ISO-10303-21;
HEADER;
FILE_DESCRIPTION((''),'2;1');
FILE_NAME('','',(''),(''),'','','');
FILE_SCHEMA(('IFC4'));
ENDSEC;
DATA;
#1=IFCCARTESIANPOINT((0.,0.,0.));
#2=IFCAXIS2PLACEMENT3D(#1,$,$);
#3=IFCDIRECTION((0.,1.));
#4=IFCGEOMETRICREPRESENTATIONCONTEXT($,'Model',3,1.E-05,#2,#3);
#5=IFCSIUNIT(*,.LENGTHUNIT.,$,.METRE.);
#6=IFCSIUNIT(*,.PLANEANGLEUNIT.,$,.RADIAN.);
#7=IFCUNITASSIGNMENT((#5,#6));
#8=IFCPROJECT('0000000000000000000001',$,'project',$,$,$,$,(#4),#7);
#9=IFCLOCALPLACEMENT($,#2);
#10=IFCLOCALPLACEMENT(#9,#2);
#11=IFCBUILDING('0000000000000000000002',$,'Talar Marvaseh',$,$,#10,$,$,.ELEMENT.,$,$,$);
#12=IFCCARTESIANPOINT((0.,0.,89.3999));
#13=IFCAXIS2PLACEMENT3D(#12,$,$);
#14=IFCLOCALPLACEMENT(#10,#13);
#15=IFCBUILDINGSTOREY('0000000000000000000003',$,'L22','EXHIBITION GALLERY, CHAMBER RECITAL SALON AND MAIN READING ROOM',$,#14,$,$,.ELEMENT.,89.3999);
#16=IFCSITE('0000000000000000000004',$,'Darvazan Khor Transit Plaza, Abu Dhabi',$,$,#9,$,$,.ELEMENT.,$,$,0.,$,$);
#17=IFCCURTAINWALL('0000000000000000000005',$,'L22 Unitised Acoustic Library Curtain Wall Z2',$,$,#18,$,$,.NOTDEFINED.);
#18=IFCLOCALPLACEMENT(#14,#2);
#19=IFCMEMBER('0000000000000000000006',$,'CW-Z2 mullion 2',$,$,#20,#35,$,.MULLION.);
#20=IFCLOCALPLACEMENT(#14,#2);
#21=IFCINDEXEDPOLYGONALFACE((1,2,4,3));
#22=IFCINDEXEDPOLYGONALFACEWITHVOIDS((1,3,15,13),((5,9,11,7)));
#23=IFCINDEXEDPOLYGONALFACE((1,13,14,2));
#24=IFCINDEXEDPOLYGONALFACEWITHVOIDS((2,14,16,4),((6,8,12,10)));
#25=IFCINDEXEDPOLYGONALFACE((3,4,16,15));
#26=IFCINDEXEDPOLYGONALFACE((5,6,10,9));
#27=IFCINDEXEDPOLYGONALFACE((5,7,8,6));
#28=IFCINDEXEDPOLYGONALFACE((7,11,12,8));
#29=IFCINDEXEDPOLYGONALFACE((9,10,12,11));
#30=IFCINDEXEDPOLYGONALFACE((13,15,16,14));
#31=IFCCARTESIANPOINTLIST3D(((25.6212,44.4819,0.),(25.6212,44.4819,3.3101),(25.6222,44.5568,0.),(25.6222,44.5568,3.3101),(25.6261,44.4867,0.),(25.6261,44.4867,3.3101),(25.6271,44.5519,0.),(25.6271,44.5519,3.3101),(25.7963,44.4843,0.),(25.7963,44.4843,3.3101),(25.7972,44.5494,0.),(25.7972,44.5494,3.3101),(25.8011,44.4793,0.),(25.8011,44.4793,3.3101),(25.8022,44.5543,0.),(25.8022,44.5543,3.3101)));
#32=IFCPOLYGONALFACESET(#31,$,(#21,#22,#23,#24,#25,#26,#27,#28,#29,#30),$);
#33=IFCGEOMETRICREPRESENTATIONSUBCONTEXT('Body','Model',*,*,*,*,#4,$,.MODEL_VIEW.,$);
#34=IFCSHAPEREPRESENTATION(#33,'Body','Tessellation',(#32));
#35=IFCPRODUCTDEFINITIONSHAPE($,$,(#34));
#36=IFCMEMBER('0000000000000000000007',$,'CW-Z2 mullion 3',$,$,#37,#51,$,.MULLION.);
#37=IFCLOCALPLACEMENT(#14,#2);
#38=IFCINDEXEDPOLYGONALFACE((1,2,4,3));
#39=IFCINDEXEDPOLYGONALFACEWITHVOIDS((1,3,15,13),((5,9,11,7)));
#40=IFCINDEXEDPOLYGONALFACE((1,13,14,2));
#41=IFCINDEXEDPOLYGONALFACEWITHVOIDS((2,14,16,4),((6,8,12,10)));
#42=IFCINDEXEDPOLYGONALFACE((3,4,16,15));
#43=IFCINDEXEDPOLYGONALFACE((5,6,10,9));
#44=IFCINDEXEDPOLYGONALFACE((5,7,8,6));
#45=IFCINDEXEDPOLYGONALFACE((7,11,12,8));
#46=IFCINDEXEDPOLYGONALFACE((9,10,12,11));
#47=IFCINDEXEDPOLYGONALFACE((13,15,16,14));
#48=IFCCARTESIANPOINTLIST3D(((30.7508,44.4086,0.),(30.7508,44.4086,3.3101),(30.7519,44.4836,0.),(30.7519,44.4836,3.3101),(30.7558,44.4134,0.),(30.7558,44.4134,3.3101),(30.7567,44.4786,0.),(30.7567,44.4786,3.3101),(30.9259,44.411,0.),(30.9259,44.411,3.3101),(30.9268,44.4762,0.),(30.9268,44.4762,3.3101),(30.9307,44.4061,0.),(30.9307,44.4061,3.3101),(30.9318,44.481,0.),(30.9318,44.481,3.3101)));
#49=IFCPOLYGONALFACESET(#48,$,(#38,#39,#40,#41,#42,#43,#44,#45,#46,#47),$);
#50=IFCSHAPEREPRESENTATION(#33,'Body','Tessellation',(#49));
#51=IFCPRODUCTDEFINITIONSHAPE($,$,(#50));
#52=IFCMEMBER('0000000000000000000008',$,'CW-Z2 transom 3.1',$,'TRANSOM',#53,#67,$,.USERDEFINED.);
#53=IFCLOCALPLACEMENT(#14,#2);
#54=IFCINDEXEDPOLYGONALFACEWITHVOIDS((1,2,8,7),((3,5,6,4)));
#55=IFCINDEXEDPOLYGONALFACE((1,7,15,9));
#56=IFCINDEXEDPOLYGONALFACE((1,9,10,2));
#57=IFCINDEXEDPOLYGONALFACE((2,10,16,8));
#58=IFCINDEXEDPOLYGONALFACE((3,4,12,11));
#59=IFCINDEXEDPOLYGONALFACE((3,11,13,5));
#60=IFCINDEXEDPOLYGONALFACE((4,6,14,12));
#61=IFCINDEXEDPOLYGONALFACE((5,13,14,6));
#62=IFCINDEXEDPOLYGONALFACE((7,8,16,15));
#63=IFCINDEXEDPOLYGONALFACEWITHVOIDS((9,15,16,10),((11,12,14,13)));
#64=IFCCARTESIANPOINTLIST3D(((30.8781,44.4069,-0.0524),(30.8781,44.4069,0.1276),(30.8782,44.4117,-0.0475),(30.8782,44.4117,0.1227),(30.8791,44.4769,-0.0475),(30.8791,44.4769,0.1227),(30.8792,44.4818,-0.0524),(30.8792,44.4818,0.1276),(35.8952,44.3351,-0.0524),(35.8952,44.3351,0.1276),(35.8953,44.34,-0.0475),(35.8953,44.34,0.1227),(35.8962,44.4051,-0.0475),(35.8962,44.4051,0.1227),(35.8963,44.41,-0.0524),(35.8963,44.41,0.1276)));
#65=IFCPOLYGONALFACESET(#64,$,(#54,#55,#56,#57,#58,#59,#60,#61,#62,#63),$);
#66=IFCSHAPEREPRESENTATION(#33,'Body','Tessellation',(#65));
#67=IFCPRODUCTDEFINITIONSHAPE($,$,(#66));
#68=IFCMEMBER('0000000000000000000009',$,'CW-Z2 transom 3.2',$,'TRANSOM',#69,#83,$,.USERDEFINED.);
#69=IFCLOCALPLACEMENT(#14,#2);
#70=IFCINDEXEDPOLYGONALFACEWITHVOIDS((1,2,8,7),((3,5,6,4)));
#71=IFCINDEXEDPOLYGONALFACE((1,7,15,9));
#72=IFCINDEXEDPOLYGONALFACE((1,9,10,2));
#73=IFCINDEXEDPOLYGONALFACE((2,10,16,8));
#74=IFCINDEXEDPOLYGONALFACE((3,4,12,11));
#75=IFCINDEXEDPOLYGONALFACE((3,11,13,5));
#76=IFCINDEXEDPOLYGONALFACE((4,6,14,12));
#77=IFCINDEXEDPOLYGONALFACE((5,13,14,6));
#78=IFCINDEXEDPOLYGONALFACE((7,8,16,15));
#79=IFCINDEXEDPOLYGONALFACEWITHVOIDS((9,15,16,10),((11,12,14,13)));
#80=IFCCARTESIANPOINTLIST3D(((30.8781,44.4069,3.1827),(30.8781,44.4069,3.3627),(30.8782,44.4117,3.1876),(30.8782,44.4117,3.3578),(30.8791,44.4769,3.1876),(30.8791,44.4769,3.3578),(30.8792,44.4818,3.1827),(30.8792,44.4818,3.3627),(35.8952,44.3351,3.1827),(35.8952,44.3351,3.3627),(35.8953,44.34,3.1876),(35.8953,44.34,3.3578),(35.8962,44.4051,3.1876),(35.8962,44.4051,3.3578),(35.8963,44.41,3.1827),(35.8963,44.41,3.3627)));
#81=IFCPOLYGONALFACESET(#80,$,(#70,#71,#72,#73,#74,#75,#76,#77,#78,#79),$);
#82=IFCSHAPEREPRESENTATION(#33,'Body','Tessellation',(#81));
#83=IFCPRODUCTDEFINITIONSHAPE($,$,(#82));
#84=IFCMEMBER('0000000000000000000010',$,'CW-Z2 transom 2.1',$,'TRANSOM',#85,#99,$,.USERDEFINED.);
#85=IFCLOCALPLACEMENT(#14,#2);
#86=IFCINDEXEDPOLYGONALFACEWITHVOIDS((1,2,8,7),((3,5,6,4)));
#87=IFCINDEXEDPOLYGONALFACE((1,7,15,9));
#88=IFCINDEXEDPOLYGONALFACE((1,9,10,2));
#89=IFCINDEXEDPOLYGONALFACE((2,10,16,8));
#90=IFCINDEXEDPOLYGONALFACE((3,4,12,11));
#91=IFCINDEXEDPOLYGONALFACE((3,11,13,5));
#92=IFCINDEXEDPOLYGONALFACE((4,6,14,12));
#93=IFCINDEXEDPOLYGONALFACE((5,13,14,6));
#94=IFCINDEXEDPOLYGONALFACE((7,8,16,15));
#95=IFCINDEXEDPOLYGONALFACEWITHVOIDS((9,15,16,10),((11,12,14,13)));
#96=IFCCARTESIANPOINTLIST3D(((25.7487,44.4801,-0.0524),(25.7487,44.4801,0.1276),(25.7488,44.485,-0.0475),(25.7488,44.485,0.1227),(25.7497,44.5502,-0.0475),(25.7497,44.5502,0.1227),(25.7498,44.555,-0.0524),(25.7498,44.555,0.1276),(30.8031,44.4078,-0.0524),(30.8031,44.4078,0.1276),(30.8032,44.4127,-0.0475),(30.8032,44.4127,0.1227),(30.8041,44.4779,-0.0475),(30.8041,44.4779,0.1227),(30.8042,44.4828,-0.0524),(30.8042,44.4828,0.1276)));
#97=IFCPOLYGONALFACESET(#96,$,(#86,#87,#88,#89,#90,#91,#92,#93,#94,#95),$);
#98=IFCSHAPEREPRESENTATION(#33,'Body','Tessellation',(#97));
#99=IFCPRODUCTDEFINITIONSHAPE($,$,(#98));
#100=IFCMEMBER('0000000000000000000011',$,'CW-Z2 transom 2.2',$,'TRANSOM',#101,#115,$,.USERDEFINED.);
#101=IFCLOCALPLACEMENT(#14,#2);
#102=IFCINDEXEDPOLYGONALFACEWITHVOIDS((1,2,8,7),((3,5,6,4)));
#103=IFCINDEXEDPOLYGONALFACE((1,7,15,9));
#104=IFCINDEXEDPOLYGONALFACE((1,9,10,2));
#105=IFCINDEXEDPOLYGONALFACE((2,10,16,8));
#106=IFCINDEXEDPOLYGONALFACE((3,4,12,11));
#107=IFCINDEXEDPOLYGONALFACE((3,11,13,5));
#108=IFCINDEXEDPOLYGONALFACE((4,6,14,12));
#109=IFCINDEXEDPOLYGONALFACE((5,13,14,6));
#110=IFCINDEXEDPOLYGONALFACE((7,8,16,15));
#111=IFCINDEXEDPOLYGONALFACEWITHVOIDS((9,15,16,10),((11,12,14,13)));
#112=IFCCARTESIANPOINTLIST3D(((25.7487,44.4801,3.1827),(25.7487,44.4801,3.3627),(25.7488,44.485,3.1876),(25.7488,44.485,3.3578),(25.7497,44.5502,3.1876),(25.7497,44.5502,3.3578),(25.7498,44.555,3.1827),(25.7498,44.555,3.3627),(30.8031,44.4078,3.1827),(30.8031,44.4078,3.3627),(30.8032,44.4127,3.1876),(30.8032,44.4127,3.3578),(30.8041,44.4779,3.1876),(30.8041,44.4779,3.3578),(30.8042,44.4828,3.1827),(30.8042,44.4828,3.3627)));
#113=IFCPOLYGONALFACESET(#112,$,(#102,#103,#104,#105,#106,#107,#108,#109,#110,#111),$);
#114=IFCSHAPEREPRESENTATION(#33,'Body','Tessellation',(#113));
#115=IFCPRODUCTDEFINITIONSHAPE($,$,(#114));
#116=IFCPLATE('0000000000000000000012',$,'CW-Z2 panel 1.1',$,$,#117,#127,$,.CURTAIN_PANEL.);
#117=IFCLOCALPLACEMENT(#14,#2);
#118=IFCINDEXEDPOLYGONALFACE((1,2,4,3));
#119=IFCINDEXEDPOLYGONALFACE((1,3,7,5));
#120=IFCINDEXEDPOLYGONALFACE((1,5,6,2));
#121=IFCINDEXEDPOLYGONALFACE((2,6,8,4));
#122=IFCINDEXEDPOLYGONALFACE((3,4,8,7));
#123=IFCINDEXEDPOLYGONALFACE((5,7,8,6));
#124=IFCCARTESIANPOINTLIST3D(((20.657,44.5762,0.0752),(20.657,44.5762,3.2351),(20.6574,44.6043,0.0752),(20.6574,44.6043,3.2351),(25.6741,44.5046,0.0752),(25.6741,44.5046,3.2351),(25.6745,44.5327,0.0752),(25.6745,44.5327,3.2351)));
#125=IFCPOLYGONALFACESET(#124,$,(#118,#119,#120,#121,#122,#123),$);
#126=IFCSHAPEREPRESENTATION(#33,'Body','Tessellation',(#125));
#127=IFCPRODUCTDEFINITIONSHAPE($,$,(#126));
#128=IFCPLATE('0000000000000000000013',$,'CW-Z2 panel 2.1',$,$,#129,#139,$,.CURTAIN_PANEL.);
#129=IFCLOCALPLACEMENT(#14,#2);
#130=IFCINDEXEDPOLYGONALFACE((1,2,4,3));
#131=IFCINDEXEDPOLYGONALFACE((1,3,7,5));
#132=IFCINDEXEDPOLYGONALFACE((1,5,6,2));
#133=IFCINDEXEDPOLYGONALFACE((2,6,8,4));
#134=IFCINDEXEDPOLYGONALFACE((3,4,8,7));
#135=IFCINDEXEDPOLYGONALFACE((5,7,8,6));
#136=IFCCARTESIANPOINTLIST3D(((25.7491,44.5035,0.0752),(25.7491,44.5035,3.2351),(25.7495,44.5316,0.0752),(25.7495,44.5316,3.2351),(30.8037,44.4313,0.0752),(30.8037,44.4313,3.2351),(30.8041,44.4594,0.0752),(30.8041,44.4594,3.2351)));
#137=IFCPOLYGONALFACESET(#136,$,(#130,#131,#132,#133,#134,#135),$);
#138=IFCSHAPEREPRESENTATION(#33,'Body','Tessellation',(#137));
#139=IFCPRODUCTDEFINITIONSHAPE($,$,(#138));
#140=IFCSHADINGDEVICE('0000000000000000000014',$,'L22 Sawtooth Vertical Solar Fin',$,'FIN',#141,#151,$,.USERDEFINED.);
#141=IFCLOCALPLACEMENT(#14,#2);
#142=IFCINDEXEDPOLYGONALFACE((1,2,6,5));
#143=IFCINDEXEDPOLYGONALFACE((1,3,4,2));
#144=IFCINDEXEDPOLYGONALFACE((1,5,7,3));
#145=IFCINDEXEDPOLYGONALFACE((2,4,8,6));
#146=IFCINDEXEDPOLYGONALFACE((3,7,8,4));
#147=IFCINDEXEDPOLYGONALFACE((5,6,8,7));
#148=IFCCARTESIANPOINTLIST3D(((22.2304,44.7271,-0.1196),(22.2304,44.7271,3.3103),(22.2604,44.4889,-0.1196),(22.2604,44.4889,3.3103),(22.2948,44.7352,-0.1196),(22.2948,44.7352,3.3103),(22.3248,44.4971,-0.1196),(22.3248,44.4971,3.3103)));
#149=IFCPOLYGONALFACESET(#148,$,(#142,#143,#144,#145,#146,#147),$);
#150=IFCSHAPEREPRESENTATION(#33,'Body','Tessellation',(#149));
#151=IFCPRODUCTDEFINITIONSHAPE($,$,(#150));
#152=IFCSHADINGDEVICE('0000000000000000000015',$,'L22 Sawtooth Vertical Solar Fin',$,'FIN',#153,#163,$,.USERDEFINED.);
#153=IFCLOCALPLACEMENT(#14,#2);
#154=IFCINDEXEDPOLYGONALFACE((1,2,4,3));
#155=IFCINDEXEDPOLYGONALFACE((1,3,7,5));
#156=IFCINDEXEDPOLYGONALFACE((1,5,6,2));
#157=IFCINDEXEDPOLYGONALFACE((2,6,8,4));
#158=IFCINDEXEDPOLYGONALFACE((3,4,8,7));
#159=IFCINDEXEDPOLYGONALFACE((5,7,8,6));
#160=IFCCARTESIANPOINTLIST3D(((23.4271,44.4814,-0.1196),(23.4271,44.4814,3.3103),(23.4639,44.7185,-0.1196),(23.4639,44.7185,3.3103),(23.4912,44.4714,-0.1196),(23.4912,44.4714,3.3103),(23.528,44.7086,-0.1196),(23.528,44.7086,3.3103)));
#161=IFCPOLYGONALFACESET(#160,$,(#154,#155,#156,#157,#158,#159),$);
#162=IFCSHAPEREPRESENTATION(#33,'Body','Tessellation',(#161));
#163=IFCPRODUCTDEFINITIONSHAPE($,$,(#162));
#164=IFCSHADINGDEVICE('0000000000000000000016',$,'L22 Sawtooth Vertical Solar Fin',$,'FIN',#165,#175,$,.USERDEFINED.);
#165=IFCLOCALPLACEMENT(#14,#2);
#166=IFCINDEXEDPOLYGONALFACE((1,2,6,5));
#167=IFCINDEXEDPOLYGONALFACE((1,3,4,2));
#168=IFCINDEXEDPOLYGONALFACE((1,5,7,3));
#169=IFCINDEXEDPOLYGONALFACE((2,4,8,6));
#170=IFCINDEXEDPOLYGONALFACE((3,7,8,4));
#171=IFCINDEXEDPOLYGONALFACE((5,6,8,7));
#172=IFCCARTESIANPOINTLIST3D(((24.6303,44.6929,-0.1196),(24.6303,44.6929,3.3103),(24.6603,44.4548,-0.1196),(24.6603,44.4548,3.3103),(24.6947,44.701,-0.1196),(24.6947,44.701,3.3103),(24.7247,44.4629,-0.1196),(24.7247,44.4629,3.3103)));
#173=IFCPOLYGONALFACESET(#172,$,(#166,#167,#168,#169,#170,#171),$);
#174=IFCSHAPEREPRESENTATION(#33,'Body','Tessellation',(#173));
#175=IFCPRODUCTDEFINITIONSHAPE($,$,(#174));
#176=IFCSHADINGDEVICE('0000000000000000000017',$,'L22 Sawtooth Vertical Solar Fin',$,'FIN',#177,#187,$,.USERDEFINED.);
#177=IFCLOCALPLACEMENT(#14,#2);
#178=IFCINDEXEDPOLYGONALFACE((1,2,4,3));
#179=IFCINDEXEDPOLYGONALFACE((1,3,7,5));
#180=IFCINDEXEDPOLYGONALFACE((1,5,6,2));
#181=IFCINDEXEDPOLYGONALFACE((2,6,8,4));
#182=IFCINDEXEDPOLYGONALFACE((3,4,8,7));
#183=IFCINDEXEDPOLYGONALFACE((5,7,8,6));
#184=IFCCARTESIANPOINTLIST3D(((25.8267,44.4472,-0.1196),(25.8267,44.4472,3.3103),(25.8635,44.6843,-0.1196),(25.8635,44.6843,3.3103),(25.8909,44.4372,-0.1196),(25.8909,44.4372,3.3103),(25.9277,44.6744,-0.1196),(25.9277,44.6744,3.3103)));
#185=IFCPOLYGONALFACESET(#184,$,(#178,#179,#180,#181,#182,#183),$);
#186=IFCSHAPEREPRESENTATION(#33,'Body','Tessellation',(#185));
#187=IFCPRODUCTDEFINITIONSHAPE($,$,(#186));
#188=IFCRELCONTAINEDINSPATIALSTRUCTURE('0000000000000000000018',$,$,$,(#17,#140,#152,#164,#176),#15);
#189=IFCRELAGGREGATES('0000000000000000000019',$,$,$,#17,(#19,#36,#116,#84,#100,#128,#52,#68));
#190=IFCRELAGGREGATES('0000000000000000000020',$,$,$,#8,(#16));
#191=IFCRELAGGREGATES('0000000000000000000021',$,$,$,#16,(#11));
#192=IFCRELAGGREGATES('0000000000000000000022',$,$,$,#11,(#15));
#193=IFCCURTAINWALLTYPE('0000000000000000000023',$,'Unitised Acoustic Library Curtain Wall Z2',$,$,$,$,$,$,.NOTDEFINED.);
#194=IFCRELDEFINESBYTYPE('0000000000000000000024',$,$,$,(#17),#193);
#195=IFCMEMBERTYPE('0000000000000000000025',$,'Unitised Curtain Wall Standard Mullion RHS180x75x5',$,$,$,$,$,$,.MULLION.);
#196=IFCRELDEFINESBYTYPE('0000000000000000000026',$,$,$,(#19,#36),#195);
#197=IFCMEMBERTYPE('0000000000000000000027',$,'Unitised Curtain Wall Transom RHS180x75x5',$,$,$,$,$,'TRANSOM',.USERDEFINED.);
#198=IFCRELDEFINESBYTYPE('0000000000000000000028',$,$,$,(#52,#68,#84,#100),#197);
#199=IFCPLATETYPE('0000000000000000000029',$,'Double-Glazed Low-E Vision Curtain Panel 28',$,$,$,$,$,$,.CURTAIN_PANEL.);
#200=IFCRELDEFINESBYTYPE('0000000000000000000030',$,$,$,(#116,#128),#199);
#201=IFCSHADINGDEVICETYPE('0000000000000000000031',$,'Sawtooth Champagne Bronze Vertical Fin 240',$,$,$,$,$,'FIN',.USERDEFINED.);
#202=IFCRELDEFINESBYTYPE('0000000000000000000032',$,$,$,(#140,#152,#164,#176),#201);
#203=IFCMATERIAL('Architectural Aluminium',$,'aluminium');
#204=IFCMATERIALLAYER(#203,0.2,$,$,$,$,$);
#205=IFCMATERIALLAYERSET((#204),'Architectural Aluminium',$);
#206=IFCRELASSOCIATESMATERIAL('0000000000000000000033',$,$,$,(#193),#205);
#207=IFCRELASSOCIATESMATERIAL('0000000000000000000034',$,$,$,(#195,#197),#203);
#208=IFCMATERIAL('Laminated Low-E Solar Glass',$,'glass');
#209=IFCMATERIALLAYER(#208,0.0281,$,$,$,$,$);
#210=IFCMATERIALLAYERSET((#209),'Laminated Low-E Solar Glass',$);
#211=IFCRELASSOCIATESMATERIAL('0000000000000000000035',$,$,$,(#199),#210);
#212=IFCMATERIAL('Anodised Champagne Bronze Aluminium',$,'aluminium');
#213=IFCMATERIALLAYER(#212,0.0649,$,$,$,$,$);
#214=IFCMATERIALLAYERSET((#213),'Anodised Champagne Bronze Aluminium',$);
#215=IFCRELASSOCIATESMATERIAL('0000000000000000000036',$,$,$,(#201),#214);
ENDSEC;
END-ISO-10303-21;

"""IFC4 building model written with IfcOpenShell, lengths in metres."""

from ifc_helpers import new_model, si_unit, direction, frame, origin, origin_2d, place, context, subcontext, project, spatial, rectangle, hollow_rectangle, extrude, source, transform, mapped, material, layer, layer_set, material_profile, profile_set, type_object, type_shapes, element, aggregate, save


model = new_model("IFC4")

# Units and contexts
model_context = context("Model", 3, precision=1e-05, world=origin(), true_north=direction((0.0, 1.0)))
body_context = subcontext(model_context, "Body", "Model", "MODEL_VIEW")
ifc_project = project(units=[si_unit("LENGTHUNIT", "METRE"), si_unit("PLANEANGLEUNIT", "RADIAN")], contexts=[model_context])

# Site, building, storey
site_placement = place(None, origin())
site = spatial("IfcSite", under=ifc_project, at=site_placement, Name="Darvazan Khor Transit Plaza, Abu Dhabi", CompositionType="ELEMENT", RefElevation=0.0)
building_placement = place(site_placement, origin())
building = spatial("IfcBuilding", under=site, at=building_placement, Name="Talar Marvaseh", CompositionType="ELEMENT")
storey_placement = place(building_placement, frame((0.0, 0.0, 89.3999)))
storey = spatial("IfcBuildingStorey", under=building, at=storey_placement, Name="L22", Description="EXHIBITION GALLERY, CHAMBER RECITAL SALON AND MAIN READING ROOM", CompositionType="ELEMENT", Elevation=89.3999)

# Curtain wall, members, plates
ifc_material_1 = material(Name="Architectural Aluminium", Category="aluminium")
ifc_layer_1 = layer(ifc_material_1, 0.2)
ifc_layer_set_1 = layer_set([ifc_layer_1], Name="Architectural Aluminium")
curtain_wall_type = type_object("IfcCurtainWallType", Name="Unitised Acoustic Library Curtain Wall Z2", PredefinedType="NOTDEFINED", material=ifc_layer_set_1)
curtain_wall_placement = place(storey_placement, origin())
curtain_wall = element("IfcCurtainWall", 1, at=curtain_wall_placement, inside=storey, type_object=curtain_wall_type, Name="L22 Unitised Acoustic Library Curtain Wall Z2", PredefinedType="NOTDEFINED")
ifc_material_profile_1 = material_profile(ifc_material_1, hollow_rectangle(XDim=0.075, YDim=0.1799, WallThickness=0.0049, at=origin_2d()), Name="RHS180x75x5")
ifc_profile_set_1 = profile_set([ifc_material_profile_1], Name="Architectural Aluminium")
member_type_1 = type_object("IfcMemberType", Name="Unitised Curtain Wall Standard Mullion RHS180x75x5", PredefinedType="MULLION", material=ifc_profile_set_1)
shared_shape_1 = source(origin(), body_context, "Body", "SweptSolid", [
    extrude(hollow_rectangle(XDim=0.075, YDim=0.1799, WallThickness=0.0049, at=origin_2d()), origin(), (0.0, 0.0, 1.0), 3.3101),
])
type_shapes(member_type_1, [shared_shape_1])
member_1_placement = place(storey_placement, frame((25.7117, 44.5181, 0.0), z_axis=(0.0, 0.0, 1.0), x_axis=(0.014275, 0.999898, 0.0)))
member_1 = element("IfcMember", 2, at=member_1_placement, type_object=member_type_1, Name="CW-Z2 mullion 2", PredefinedType="MULLION", context=body_context, shape_type="MappedRepresentation", body=[
    mapped(shared_shape_1, transform((0.0, 0.0, 0.0), x_axis=(1.0, 0.0, 0.0), y_axis=(0.0, 1.0, 0.0), z_axis=(0.0, 0.0, 1.0), scale=1.0)),
])
member_2_placement = place(storey_placement, frame((30.8413, 44.4448, 0.0), z_axis=(0.0, 0.0, 1.0), x_axis=(0.014275, 0.999898, 0.0)))
member_2 = element("IfcMember", 3, at=member_2_placement, type_object=member_type_1, Name="CW-Z2 mullion 3", PredefinedType="MULLION", context=body_context, shape_type="MappedRepresentation", body=[
    mapped(shared_shape_1, transform((0.0, 0.0, 0.0), x_axis=(1.0, 0.0, 0.0), y_axis=(0.0, 1.0, 0.0), z_axis=(0.0, 0.0, 1.0), scale=1.0)),
])
ifc_material_profile_2 = material_profile(ifc_material_1, hollow_rectangle(XDim=0.075, YDim=0.1799, WallThickness=0.0049, at=origin_2d()), Name="RHS180x75x5")
ifc_profile_set_2 = profile_set([ifc_material_profile_2], Name="Architectural Aluminium")
member_type_2 = type_object("IfcMemberType", Name="Unitised Curtain Wall Transom RHS180x75x5", ElementType="TRANSOM", PredefinedType="USERDEFINED", material=ifc_profile_set_2)
shared_shape_2 = source(origin(), body_context, "Body", "SweptSolid", [
    extrude(hollow_rectangle(XDim=0.075, YDim=0.1799, WallThickness=0.0049, at=origin_2d()), origin(), (0.0, 0.0, 1.0), 5.0176),
])
member_3_placement = place(storey_placement, frame((30.8787, 44.4443, 0.0376), z_axis=(0.999898, -0.014305, 0.0), x_axis=(0.014305, 0.999898, 0.0)))
member_3 = element("IfcMember", 4, at=member_3_placement, type_object=member_type_2, Name="CW-Z2 transom 3.1", ObjectType="TRANSOM", PredefinedType="USERDEFINED", context=body_context, shape_type="MappedRepresentation", body=[
    mapped(shared_shape_2, transform((0.0, 0.0, 0.0), x_axis=(1.0, 0.0, 0.0), y_axis=(0.0, 1.0, 0.0), z_axis=(0.0, 0.0, 1.0), scale=1.0)),
])
member_4_placement = place(storey_placement, frame((30.8787, 44.4443, 3.2727), z_axis=(0.999898, -0.014305, 0.0), x_axis=(0.014305, 0.999898, 0.0)))
member_4 = element("IfcMember", 5, at=member_4_placement, type_object=member_type_2, Name="CW-Z2 transom 3.2", ObjectType="TRANSOM", PredefinedType="USERDEFINED", context=body_context, shape_type="MappedRepresentation", body=[
    mapped(shared_shape_2, transform((0.0, 0.0, 0.0), x_axis=(1.0, 0.0, 0.0), y_axis=(0.0, 1.0, 0.0), z_axis=(0.0, 0.0, 1.0), scale=1.0)),
])
shared_shape_3 = source(origin(), body_context, "Body", "SweptSolid", [
    extrude(hollow_rectangle(XDim=0.075, YDim=0.1799, WallThickness=0.0049, at=origin_2d()), origin(), (0.0, 0.0, 1.0), 5.0549),
])
type_shapes(member_type_2, [shared_shape_2, shared_shape_3])
member_5_placement = place(storey_placement, frame((25.7493, 44.5176, 0.0376), z_axis=(0.999898, -0.014296, 0.0), x_axis=(0.014296, 0.999898, 0.0)))
member_5 = element("IfcMember", 6, at=member_5_placement, type_object=member_type_2, Name="CW-Z2 transom 2.1", ObjectType="TRANSOM", PredefinedType="USERDEFINED", context=body_context, shape_type="MappedRepresentation", body=[
    mapped(shared_shape_3, transform((0.0, 0.0, 0.0), x_axis=(1.0, 0.0, 0.0), y_axis=(0.0, 1.0, 0.0), z_axis=(0.0, 0.0, 1.0), scale=1.0)),
])
member_6_placement = place(storey_placement, frame((25.7493, 44.5176, 3.2727), z_axis=(0.999898, -0.014296, 0.0), x_axis=(0.014296, 0.999898, 0.0)))
member_6 = element("IfcMember", 7, at=member_6_placement, type_object=member_type_2, Name="CW-Z2 transom 2.2", ObjectType="TRANSOM", PredefinedType="USERDEFINED", context=body_context, shape_type="MappedRepresentation", body=[
    mapped(shared_shape_3, transform((0.0, 0.0, 0.0), x_axis=(1.0, 0.0, 0.0), y_axis=(0.0, 1.0, 0.0), z_axis=(0.0, 0.0, 1.0), scale=1.0)),
])
ifc_material_2 = material(Name="Laminated Low-E Solar Glass", Category="glass")
ifc_layer_2 = layer(ifc_material_2, 0.0281)
ifc_layer_set_2 = layer_set([ifc_layer_2], Name="Laminated Low-E Solar Glass")
plate_type = type_object("IfcPlateType", Name="Double-Glazed Low-E Vision Curtain Panel 28", PredefinedType="CURTAIN_PANEL", material=ifc_layer_set_2)
shared_shape_4 = source(origin(), body_context, "Body", "SweptSolid", [
    extrude(rectangle(XDim=5.0176, YDim=0.0281, at=origin_2d()), origin(), (0.0, 0.0, 1.0), 3.1599),
])
plate_1_placement = place(storey_placement, frame((23.1658, 44.5544, 0.0752), z_axis=(0.0, 0.0, 1.0), x_axis=(0.999898, -0.014275, 0.0)))
plate_1 = element("IfcPlate", 8, at=plate_1_placement, type_object=plate_type, Name="CW-Z2 panel 1.1", PredefinedType="CURTAIN_PANEL", context=body_context, shape_type="MappedRepresentation", body=[
    mapped(shared_shape_4, transform((0.0, 0.0, 0.0), x_axis=(1.0, 0.0, 0.0), y_axis=(0.0, 1.0, 0.0), z_axis=(0.0, 0.0, 1.0), scale=1.0)),
])
shared_shape_5 = source(origin(), body_context, "Body", "SweptSolid", [
    extrude(rectangle(XDim=5.0552, YDim=0.0281, at=origin_2d()), origin(), (0.0, 0.0, 1.0), 3.1599),
])
type_shapes(plate_type, [shared_shape_4, shared_shape_5])
plate_2_placement = place(storey_placement, frame((28.2766, 44.4814, 0.0752), z_axis=(0.0, 0.0, 1.0), x_axis=(0.999898, -0.014275, 0.0)))
plate_2 = element("IfcPlate", 9, at=plate_2_placement, type_object=plate_type, Name="CW-Z2 panel 2.1", PredefinedType="CURTAIN_PANEL", context=body_context, shape_type="MappedRepresentation", body=[
    mapped(shared_shape_5, transform((0.0, 0.0, 0.0), x_axis=(1.0, 0.0, 0.0), y_axis=(0.0, 1.0, 0.0), z_axis=(0.0, 0.0, 1.0), scale=1.0)),
])
aggregate(curtain_wall, [member_1, member_2, plate_1, member_5, member_6, plate_2, member_3, member_4])

# Shading devices
ifc_material_3 = material(Name="Anodised Champagne Bronze Aluminium", Category="aluminium")
ifc_layer_3 = layer(ifc_material_3, 0.0649)
ifc_layer_set_3 = layer_set([ifc_layer_3], Name="Anodised Champagne Bronze Aluminium")
shading_device_type = type_object("IfcShadingDeviceType", Name="Sawtooth Champagne Bronze Vertical Fin 240", ElementType="FIN", PredefinedType="USERDEFINED", material=ifc_layer_set_3)
shared_shape_6 = source(origin(), body_context, "Body", "SweptSolid", [
    extrude(rectangle(XDim=0.24, YDim=0.0649, at=origin_2d()), origin(), (0.0, 0.0, 1.0), 3.4299),
])
type_shapes(shading_device_type, [shared_shape_6])
for number, where, z_axis, x_axis, name in (
    (10, (22.2776, 44.6121, -0.1196), (0.0, 0.0, 1.0), (-0.124987, 0.992158, 0.0), "L22 Sawtooth Vertical Solar Fin"),
    (11, (23.4775, 44.595, -0.1196), (0.0, 0.0, 1.0), (0.153331, 0.988175, 0.0), "L22 Sawtooth Vertical Solar Fin"),
    (12, (24.6775, 44.5779, -0.1196), (0.0, 0.0, 1.0), (-0.124987, 0.992158, 0.0), "L22 Sawtooth Vertical Solar Fin"),
    (13, (25.8772, 44.5608, -0.1196), (0.0, 0.0, 1.0), (0.153331, 0.988175, 0.0), "L22 Sawtooth Vertical Solar Fin"),
):
    element("IfcShadingDevice", number, at=place(storey_placement, frame(where, z_axis=z_axis, x_axis=x_axis)), inside=storey, type_object=shading_device_type, Name=name, ObjectType="FIN", PredefinedType="USERDEFINED", context=body_context, shape_type="MappedRepresentation", body=[
        mapped(shared_shape_6, transform((0.0, 0.0, 0.0), x_axis=(1.0, 0.0, 0.0), y_axis=(0.0, 1.0, 0.0), z_axis=(0.0, 0.0, 1.0), scale=1.0)),
    ])

save(model, "model.ifc")
